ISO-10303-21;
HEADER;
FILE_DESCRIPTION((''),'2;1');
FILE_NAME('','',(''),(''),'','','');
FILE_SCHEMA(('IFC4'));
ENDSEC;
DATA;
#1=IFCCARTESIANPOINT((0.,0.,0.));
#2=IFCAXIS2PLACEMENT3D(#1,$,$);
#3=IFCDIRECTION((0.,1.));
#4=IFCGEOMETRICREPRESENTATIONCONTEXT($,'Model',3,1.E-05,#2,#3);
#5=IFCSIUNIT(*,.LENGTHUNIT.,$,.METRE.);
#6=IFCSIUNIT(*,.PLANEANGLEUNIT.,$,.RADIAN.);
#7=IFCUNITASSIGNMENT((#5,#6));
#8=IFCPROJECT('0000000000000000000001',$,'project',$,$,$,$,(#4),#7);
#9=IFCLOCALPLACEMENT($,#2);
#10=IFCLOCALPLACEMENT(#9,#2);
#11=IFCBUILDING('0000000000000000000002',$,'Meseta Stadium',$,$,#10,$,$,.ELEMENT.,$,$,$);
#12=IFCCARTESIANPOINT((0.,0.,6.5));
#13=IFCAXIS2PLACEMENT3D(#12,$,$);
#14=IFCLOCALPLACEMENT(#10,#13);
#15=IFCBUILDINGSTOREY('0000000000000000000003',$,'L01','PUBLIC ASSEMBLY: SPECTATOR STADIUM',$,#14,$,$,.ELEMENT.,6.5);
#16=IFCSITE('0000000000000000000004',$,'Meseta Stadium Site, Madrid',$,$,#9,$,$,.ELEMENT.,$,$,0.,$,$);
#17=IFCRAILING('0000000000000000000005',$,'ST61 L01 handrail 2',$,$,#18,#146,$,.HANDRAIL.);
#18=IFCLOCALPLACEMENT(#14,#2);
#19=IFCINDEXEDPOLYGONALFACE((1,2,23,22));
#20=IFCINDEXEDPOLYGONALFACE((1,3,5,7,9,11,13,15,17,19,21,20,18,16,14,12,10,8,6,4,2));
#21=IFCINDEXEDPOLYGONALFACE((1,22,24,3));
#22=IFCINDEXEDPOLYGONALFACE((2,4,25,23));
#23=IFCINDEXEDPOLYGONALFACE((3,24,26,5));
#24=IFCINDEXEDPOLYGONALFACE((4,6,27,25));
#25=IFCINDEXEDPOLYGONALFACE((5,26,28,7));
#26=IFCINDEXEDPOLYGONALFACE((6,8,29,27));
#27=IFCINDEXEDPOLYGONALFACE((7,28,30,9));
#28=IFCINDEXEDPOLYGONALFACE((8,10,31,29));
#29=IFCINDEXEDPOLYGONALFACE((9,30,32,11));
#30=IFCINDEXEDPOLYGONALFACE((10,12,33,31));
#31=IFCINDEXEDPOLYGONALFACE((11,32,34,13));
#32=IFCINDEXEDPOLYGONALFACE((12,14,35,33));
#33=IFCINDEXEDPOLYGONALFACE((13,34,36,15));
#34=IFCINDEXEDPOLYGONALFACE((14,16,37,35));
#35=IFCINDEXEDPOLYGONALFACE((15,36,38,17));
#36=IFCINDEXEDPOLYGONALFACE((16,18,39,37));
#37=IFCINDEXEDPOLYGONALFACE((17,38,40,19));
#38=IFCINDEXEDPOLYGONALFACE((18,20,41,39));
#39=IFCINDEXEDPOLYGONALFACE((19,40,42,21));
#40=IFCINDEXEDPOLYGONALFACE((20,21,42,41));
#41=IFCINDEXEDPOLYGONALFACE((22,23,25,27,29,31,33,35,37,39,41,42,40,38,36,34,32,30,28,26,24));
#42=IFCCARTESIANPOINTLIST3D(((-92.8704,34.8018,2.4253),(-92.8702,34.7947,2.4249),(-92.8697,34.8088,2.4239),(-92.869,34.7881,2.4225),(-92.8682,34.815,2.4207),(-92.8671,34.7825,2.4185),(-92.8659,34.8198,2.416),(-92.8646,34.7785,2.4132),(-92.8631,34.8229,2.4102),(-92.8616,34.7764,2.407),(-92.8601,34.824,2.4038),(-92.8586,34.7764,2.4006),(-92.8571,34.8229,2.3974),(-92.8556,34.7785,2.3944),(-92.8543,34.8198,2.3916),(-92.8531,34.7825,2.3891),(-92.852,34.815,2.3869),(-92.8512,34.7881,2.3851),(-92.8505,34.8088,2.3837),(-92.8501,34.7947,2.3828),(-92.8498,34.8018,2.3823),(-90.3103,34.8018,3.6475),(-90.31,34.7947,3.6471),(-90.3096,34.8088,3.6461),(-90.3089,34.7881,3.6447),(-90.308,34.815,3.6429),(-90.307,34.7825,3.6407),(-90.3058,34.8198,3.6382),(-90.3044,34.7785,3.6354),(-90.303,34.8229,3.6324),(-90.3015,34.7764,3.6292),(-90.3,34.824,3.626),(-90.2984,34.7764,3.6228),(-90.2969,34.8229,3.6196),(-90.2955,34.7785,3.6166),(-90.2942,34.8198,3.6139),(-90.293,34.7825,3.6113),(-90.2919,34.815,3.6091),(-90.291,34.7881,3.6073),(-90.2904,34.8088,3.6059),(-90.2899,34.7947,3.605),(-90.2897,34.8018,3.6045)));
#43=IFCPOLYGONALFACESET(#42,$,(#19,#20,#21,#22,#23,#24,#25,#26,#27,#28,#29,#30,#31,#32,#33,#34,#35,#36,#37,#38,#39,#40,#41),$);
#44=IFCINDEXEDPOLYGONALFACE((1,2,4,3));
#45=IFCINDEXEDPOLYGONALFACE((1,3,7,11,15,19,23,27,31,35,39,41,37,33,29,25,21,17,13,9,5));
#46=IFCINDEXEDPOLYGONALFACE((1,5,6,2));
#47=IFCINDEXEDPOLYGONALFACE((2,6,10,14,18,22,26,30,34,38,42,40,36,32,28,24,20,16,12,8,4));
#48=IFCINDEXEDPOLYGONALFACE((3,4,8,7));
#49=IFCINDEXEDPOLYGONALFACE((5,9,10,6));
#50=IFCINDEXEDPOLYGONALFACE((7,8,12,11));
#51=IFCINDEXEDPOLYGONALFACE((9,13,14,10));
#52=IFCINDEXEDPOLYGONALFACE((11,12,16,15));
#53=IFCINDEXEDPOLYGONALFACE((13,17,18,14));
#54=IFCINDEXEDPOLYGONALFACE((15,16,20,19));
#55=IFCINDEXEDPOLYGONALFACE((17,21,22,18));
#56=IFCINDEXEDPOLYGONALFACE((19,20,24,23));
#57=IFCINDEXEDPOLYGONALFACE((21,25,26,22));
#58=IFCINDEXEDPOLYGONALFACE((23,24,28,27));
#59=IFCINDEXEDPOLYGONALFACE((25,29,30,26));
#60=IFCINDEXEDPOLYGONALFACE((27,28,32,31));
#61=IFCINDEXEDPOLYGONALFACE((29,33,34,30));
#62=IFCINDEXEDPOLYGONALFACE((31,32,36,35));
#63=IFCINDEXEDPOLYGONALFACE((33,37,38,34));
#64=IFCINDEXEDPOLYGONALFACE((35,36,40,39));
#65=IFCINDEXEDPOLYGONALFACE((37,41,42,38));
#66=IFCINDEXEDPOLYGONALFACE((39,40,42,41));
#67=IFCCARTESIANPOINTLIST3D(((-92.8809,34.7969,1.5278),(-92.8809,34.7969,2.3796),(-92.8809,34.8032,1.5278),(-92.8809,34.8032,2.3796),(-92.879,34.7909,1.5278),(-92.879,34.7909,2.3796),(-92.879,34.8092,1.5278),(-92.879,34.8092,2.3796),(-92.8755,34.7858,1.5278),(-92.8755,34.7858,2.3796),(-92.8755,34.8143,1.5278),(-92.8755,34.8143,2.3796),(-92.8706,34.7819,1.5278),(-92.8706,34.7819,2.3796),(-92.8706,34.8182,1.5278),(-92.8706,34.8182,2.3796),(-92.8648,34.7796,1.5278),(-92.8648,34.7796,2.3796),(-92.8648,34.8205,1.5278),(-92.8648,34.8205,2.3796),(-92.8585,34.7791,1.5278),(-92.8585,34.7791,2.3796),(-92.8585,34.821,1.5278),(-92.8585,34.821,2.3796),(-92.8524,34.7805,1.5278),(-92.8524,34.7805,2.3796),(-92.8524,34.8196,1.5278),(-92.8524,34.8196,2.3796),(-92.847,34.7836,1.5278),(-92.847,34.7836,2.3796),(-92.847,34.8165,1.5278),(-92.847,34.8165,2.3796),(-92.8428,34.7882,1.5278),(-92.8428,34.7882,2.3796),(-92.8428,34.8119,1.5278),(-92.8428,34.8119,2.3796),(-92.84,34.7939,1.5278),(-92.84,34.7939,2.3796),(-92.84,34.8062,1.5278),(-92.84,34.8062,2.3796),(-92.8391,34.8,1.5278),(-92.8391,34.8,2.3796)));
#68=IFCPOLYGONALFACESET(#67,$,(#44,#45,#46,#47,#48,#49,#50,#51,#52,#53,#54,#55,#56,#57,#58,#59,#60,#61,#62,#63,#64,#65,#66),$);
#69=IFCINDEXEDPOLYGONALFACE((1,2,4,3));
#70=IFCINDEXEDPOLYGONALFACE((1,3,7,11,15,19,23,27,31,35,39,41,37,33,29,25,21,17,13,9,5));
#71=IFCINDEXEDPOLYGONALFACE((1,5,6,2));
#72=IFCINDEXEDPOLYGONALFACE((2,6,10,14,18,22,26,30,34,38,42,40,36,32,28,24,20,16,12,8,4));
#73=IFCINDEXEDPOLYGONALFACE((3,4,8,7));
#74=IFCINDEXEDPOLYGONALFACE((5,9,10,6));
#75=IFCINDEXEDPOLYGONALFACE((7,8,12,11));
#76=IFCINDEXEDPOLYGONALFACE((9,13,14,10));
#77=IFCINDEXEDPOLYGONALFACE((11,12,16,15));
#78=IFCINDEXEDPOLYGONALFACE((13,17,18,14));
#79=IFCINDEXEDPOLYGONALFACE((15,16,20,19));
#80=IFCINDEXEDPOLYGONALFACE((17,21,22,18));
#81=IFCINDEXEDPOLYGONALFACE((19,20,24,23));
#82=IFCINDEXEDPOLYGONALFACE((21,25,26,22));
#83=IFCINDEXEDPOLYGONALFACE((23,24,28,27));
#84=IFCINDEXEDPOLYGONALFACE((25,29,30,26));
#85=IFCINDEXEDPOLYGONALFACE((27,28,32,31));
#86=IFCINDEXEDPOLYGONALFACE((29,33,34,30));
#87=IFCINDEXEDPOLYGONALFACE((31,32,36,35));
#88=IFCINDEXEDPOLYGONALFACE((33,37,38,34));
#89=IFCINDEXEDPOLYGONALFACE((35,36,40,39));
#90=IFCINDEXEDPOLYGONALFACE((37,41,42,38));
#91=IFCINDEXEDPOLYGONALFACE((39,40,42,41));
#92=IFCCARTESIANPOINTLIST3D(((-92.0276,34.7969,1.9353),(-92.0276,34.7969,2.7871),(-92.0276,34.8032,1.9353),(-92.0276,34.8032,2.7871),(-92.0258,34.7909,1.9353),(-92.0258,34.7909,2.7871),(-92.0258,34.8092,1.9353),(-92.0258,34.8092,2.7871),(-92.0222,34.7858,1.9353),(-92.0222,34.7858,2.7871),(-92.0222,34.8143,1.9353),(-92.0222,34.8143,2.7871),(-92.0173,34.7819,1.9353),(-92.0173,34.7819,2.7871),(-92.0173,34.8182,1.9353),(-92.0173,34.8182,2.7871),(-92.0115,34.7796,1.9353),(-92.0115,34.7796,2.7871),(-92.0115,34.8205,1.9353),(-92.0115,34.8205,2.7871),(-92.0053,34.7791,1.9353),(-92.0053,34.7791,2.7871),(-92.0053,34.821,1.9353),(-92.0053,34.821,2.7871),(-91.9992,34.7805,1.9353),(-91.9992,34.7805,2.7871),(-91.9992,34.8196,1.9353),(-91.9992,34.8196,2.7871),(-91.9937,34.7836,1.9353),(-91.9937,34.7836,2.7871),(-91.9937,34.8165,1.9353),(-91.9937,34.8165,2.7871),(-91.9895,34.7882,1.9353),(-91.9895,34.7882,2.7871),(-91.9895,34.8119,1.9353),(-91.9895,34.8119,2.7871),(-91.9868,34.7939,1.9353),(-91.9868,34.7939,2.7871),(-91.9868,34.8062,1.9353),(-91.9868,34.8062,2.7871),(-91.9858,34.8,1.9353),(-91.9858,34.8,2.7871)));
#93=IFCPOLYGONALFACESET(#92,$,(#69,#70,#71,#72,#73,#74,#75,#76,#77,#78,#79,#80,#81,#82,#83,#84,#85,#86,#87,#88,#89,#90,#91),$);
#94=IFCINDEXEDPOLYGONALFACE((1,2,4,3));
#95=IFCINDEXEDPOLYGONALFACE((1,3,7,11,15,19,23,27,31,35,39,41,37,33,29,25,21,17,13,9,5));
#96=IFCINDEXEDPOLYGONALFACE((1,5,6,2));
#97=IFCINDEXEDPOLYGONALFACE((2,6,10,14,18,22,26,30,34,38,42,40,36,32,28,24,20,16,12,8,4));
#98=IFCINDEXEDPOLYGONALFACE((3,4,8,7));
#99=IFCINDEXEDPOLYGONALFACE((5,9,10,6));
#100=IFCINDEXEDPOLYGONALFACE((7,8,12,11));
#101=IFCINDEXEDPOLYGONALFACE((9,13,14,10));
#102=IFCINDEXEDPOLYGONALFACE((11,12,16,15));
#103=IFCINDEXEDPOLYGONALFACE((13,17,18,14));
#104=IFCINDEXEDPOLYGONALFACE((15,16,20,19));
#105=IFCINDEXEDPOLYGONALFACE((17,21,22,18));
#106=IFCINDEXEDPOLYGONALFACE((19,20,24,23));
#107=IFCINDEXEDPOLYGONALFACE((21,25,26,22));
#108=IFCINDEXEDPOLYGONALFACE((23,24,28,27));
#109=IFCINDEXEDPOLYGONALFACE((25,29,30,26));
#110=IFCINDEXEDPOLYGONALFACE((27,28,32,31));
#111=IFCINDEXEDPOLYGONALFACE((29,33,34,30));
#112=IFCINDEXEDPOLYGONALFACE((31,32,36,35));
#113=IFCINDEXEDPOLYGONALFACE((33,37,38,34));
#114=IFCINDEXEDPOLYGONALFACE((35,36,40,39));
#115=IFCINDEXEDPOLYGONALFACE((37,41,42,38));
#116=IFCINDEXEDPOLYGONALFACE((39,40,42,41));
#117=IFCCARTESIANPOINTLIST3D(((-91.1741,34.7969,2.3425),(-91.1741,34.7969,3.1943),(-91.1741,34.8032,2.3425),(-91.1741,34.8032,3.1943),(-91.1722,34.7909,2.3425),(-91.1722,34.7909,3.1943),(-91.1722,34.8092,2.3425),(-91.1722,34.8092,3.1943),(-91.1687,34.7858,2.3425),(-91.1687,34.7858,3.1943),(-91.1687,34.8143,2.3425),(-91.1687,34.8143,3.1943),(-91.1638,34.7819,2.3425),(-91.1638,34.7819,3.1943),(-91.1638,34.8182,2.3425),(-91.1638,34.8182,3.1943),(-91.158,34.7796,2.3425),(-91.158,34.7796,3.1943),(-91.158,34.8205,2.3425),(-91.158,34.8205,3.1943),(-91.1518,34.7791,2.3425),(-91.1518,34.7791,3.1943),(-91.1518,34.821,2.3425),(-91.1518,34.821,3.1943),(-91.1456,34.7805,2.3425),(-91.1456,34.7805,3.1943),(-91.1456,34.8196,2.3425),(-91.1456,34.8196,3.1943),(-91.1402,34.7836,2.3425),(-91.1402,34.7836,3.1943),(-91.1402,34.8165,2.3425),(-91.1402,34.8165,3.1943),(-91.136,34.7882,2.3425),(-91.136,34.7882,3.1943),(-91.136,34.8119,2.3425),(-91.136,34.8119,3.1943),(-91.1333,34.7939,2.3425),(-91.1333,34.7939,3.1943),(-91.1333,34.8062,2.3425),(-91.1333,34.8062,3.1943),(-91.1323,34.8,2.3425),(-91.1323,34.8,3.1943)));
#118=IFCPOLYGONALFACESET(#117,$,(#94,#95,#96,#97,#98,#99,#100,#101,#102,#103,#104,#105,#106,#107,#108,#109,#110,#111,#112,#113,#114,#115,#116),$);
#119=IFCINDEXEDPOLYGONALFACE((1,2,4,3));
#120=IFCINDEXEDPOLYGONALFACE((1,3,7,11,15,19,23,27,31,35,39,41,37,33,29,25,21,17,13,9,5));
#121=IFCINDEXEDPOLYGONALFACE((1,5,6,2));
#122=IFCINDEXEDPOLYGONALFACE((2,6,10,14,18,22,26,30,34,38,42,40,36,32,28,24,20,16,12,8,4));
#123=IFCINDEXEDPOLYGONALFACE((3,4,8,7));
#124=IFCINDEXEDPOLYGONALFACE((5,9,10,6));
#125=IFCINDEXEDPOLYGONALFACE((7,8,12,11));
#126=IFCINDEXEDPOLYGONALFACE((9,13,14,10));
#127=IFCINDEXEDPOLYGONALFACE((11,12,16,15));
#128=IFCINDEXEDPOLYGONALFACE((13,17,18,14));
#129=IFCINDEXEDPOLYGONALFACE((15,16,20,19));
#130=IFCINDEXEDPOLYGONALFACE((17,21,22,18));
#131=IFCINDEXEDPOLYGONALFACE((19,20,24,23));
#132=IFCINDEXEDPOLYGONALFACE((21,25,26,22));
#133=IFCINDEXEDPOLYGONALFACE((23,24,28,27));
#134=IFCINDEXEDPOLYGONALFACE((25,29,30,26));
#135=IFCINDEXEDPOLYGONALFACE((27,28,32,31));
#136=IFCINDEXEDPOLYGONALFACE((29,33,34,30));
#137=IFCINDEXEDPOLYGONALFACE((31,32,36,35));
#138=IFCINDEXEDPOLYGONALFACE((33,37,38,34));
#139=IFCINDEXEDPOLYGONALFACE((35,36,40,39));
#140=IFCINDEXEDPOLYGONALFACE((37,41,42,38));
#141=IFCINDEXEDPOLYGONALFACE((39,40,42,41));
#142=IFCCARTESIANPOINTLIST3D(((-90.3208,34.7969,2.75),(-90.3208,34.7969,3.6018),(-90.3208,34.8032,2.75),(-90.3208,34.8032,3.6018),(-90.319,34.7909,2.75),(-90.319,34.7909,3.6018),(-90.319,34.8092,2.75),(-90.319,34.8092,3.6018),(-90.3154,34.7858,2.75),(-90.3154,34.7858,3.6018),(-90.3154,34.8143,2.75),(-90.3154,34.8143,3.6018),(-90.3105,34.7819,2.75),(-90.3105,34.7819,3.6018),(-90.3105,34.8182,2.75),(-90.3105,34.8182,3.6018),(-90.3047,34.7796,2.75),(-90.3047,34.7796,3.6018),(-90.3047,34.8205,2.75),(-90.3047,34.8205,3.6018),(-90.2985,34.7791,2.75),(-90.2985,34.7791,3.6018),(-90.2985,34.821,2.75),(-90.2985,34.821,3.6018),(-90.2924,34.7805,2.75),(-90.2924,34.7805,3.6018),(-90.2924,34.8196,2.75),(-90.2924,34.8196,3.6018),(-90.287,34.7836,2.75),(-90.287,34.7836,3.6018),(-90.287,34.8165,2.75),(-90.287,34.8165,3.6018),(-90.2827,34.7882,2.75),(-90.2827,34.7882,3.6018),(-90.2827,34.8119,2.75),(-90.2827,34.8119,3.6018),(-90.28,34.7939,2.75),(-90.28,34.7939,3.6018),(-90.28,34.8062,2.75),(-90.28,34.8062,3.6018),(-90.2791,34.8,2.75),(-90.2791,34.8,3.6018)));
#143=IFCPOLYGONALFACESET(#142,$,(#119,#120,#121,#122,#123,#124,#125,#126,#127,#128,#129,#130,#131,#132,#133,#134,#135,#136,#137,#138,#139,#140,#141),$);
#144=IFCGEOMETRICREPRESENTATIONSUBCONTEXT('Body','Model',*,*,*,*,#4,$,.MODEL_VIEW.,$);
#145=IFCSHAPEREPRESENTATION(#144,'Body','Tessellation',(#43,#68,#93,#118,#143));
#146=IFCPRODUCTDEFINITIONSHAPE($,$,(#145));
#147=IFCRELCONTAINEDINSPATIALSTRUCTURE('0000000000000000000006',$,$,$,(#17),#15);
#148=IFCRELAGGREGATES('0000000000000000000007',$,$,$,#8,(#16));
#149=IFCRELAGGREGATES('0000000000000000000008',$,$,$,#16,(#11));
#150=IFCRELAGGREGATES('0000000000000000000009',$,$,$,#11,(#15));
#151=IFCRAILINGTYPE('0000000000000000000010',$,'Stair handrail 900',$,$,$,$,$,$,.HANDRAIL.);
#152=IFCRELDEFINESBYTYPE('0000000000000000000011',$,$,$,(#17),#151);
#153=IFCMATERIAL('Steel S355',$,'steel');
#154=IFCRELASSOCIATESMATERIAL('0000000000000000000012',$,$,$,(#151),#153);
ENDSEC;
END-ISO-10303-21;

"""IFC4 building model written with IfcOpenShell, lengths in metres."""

from ifc_helpers import new_model, si_unit, direction, frame, origin, origin_2d, place, context, subcontext, project, spatial, circle, extrude, material, type_object, element, save


model = new_model("IFC4")

# Units and contexts
model_context = context("Model", 3, precision=1e-05, world=origin(), true_north=direction((0.0, 1.0)))
body_context = subcontext(model_context, "Body", "Model", "MODEL_VIEW")
ifc_project = project(units=[si_unit("LENGTHUNIT", "METRE"), si_unit("PLANEANGLEUNIT", "RADIAN")], contexts=[model_context])

# Site, building, storey
site_placement = place(None, origin())
site = spatial("IfcSite", under=ifc_project, at=site_placement, Name="Meseta Stadium Site, Madrid", CompositionType="ELEMENT", RefElevation=0.0)
building_placement = place(site_placement, origin())
building = spatial("IfcBuilding", under=site, at=building_placement, Name="Meseta Stadium", CompositionType="ELEMENT")
storey_placement = place(building_placement, frame((0.0, 0.0, 6.5)))
storey = spatial("IfcBuildingStorey", under=building, at=storey_placement, Name="L01", Description="PUBLIC ASSEMBLY: SPECTATOR STADIUM", CompositionType="ELEMENT", Elevation=6.5)

# Railing
ifc_material_1 = material(Name="Steel S355", Category="steel")
railing_type_1 = type_object("IfcRailingType", Name="Stair handrail 900", PredefinedType="HANDRAIL", material=ifc_material_1)
for number, where, name in (
    (1, (-92.8601, 34.8, 1.5278), "ST61 L01 handrail 2"),
):
    element("IfcRailing", number, at=place(storey_placement, frame(where)), inside=storey, type_object=railing_type_1, Name=name, PredefinedType="HANDRAIL", context=body_context, shape_type="SweptSolid", body=[
        extrude(circle(Radius=0.0239, at=origin_2d()), frame((0.0, 0.0, 0.876), z_axis=(0.902437, 0.0, 0.430822), x_axis=(0.0, 1.0, 0.0)), (0.0, 0.0, 1.0), 2.8369),
        extrude(circle(Radius=0.021, at=origin_2d()), origin(), (0.0, 0.0, 1.0), 0.8518),
        extrude(circle(Radius=0.021, at=origin_2d()), frame((0.8533, 0.0, 0.4075)), (0.0, 0.0, 1.0), 0.8518),
        extrude(circle(Radius=0.021, at=origin_2d()), frame((1.7068, 0.0, 0.8147)), (0.0, 0.0, 1.0), 0.8518),
        extrude(circle(Radius=0.021, at=origin_2d()), frame((2.5601, 0.0, 1.2222)), (0.0, 0.0, 1.0), 0.8518),
    ])

save(model, "model.ifc")
